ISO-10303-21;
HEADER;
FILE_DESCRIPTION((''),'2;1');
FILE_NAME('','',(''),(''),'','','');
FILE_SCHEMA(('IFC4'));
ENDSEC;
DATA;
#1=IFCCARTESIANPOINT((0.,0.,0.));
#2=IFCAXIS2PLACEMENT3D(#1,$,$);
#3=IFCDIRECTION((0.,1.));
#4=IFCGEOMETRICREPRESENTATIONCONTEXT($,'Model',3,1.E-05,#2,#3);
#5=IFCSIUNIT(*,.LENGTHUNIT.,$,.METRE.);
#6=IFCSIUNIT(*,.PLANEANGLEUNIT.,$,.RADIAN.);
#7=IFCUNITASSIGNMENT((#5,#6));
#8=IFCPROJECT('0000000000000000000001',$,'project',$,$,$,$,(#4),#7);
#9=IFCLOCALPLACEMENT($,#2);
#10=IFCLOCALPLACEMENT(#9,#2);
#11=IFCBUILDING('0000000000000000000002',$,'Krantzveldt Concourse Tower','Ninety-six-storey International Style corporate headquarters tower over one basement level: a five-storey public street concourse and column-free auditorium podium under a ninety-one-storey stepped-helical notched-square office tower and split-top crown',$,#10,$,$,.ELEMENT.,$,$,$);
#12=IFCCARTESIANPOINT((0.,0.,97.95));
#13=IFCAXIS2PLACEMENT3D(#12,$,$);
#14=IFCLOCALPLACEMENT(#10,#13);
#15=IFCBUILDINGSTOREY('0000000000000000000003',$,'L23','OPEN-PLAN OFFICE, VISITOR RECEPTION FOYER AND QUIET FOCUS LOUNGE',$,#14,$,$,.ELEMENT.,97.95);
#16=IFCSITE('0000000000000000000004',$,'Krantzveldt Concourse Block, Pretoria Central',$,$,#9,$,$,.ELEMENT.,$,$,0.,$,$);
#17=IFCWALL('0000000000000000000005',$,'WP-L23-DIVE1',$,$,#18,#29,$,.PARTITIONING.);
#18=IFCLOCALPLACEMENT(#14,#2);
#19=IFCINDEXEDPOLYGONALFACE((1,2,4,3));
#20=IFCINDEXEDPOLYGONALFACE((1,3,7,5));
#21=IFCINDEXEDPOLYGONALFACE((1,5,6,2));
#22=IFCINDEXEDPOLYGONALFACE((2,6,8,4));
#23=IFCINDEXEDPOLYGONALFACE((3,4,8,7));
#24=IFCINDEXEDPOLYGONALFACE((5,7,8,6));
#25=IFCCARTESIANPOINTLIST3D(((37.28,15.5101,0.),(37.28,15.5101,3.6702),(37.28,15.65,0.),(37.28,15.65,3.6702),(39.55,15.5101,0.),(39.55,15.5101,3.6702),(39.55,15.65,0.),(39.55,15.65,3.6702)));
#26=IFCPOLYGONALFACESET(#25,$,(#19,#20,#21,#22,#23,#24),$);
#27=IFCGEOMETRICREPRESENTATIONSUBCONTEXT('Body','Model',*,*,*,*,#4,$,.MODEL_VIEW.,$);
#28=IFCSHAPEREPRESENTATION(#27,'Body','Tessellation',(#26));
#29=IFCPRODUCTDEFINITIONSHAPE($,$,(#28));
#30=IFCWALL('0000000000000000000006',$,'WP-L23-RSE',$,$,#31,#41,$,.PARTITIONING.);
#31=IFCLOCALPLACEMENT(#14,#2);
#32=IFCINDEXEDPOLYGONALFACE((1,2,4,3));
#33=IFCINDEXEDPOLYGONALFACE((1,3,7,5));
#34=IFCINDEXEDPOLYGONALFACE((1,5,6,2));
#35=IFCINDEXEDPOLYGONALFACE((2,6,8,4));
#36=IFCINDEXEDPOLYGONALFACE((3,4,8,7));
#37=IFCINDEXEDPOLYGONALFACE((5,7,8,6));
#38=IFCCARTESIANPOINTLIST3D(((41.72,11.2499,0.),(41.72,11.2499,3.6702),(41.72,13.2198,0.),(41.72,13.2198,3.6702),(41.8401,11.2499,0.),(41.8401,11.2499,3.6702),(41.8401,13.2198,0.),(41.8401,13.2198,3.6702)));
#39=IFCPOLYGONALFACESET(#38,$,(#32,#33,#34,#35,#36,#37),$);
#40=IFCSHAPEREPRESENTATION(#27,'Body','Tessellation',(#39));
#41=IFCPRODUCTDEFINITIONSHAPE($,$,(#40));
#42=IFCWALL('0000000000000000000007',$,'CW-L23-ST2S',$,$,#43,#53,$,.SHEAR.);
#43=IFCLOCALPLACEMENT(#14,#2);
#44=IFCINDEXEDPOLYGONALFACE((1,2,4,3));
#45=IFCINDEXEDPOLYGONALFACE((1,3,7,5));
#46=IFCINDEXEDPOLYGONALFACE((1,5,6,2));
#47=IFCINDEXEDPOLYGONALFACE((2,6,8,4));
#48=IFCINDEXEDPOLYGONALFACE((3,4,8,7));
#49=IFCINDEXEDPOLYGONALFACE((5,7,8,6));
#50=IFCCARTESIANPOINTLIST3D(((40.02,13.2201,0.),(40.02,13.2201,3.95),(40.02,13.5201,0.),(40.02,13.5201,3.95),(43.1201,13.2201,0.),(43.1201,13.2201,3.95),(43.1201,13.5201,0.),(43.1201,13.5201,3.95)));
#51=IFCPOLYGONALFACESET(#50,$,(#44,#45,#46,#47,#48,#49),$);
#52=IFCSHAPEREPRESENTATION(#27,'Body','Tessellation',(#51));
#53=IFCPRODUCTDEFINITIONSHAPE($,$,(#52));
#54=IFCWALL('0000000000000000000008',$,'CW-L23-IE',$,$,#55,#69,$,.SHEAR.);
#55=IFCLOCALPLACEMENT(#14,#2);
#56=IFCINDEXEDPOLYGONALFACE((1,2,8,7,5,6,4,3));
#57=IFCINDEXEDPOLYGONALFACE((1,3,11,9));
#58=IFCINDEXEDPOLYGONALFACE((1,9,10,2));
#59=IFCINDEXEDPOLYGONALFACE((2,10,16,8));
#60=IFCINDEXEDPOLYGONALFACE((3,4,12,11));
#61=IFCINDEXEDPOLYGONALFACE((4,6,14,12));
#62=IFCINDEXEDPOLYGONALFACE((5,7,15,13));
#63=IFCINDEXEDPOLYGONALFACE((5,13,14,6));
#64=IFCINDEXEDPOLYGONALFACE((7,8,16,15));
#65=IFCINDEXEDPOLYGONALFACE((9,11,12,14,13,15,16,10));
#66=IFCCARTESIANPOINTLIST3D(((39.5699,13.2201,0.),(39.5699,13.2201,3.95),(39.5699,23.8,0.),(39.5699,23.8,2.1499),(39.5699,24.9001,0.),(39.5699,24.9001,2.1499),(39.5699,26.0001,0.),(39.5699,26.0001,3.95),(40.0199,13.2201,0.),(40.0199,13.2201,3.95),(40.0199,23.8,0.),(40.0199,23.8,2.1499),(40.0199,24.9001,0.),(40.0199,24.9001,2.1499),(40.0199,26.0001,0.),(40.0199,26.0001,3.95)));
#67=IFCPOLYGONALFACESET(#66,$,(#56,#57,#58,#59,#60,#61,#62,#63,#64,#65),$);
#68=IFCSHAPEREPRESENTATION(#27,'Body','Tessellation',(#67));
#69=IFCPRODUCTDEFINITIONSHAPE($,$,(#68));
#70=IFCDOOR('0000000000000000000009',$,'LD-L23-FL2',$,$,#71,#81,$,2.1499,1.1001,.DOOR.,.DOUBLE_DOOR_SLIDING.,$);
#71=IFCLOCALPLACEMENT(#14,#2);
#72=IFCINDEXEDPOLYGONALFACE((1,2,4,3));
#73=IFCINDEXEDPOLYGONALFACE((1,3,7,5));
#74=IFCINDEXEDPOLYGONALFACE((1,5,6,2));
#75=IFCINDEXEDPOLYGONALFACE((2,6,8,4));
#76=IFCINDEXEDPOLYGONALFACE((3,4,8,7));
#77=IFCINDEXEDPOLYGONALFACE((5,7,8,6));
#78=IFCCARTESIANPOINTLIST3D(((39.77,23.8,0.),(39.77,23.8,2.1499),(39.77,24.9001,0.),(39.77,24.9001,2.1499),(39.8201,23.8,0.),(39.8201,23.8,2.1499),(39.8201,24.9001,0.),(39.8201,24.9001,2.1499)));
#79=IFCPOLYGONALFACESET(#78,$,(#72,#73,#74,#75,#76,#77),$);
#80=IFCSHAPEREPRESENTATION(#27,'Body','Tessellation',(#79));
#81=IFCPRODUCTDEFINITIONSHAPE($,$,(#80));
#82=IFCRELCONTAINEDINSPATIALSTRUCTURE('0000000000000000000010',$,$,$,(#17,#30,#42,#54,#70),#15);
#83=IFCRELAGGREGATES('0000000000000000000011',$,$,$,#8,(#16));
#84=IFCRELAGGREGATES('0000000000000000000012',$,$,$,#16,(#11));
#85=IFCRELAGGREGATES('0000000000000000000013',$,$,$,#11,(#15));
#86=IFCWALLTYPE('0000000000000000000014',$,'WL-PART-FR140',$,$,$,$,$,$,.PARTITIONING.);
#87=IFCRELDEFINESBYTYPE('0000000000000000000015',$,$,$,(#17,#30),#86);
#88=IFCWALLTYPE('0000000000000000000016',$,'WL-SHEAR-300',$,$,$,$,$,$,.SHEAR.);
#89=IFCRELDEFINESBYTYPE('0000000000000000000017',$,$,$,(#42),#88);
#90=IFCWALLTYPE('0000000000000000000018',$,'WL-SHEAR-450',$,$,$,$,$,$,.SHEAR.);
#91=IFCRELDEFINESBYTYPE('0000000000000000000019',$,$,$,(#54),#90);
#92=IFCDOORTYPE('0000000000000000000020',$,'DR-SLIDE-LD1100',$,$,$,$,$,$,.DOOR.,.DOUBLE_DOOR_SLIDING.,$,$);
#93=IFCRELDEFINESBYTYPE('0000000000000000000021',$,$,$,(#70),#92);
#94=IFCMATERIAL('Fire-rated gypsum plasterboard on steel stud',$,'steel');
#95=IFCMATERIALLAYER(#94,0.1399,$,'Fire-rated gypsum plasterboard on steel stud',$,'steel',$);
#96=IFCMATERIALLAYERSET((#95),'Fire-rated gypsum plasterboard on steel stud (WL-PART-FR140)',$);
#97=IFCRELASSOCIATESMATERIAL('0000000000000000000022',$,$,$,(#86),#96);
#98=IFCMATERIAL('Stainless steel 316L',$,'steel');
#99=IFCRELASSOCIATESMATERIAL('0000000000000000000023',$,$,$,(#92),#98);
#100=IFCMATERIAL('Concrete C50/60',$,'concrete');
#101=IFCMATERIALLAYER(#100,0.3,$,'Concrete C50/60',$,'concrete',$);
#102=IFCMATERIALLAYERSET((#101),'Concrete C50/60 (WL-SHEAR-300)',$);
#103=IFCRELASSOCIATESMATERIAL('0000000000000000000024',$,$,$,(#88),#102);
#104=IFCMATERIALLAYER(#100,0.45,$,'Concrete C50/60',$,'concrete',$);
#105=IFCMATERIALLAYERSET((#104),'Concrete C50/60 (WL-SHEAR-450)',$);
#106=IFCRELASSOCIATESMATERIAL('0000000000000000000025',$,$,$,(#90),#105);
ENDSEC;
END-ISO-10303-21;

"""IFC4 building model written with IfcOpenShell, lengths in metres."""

from ifc_helpers import new_model, si_unit, direction, frame, frame_2d, origin, place, context, subcontext, project, spatial, rectangle, extrude, material, layer, layer_set, type_object, element, fill, save


model = new_model("IFC4")

# Units and contexts
model_context = context("Model", 3, precision=1e-05, world=origin(), true_north=direction((0.0, 1.0)))
body_context = subcontext(model_context, "Body", "Model", "MODEL_VIEW")
ifc_project = project(units=[si_unit("LENGTHUNIT", "METRE"), si_unit("PLANEANGLEUNIT", "RADIAN")], contexts=[model_context])

# Site, building, storey
site_placement = place(None, origin())
site = spatial("IfcSite", under=ifc_project, at=site_placement, Name="Krantzveldt Concourse Block, Pretoria Central", CompositionType="ELEMENT", RefElevation=0.0)
building_placement = place(site_placement, origin())
building = spatial("IfcBuilding", under=site, at=building_placement, Name="Krantzveldt Concourse Tower", Description="Ninety-six-storey International Style corporate headquarters tower over one basement level: a five-storey public street concourse and column-free auditorium podium under a ninety-one-storey stepped-helical notched-square office tower and split-top crown", CompositionType="ELEMENT")
storey_placement = place(building_placement, frame((0.0, 0.0, 97.95)))
storey = spatial("IfcBuildingStorey", under=building, at=storey_placement, Name="L23", Description="OPEN-PLAN OFFICE, VISITOR RECEPTION FOYER AND QUIET FOCUS LOUNGE", CompositionType="ELEMENT", Elevation=97.95)

# Shared definitions
ifc_material_1 = material(Name="Fire-rated gypsum plasterboard on steel stud", Category="steel")

# Shared definitions
ifc_layer_1 = layer(ifc_material_1, 0.1399, Name="Fire-rated gypsum plasterboard on steel stud", Category="steel")
ifc_layer_set_1 = layer_set([ifc_layer_1], Name="Fire-rated gypsum plasterboard on steel stud (WL-PART-FR140)")
wall_type_1 = type_object("IfcWallType", Name="WL-PART-FR140", PredefinedType="PARTITIONING", material=ifc_layer_set_1)
ifc_material_2 = material(Name="Stainless steel 316L", Category="steel")
door_type_1 = type_object("IfcDoorType", Name="DR-SLIDE-LD1100", OperationType="DOUBLE_DOOR_SLIDING", PredefinedType="DOOR", material=ifc_material_2)

# Walls
wall_1_placement = place(storey_placement, frame((37.28, 15.5801, 0.0), z_axis=(0.0, 0.0, 1.0), x_axis=(1.0, 0.0, 0.0)))
element("IfcWall", 1, at=wall_1_placement, inside=storey, type_object=wall_type_1, Name="WP-L23-DIVE1", PredefinedType="PARTITIONING", context=body_context, shape_type="SweptSolid", body=[
    extrude(rectangle(XDim=2.27, YDim=0.1399, at=frame_2d((1.135, 0.0))), origin(), (0.0, 0.0, 1.0), 3.6702),
])
wall_2_placement = place(storey_placement, frame((41.78, 11.25, 0.0), z_axis=(0.0, 0.0, 1.0), x_axis=(0.0, 1.0, 0.0)))
element("IfcWall", 2, at=wall_2_placement, inside=storey, type_object=wall_type_1, Name="WP-L23-RSE", PredefinedType="PARTITIONING", context=body_context, shape_type="SweptSolid", body=[
    extrude(rectangle(XDim=1.97, YDim=0.1201, at=frame_2d((0.9849, 0.0))), origin(), (0.0, 0.0, 1.0), 3.6702),
])
ifc_material_3 = material(Name="Concrete C50/60", Category="concrete")
ifc_layer_2 = layer(ifc_material_3, 0.3, Name="Concrete C50/60", Category="concrete")
ifc_layer_set_2 = layer_set([ifc_layer_2], Name="Concrete C50/60 (WL-SHEAR-300)")
wall_type_2 = type_object("IfcWallType", Name="WL-SHEAR-300", PredefinedType="SHEAR", material=ifc_layer_set_2)
wall_3_placement = place(storey_placement, frame((40.02, 13.3701, 0.0), z_axis=(0.0, 0.0, 1.0), x_axis=(1.0, 0.0, 0.0)))
element("IfcWall", 3, at=wall_3_placement, inside=storey, type_object=wall_type_2, Name="CW-L23-ST2S", PredefinedType="SHEAR", context=body_context, shape_type="SweptSolid", body=[
    extrude(rectangle(XDim=3.1001, YDim=0.3, at=frame_2d((1.55, 0.0))), origin(), (0.0, 0.0, 1.0), 3.95),
])

# Wall, opening, door
ifc_layer_3 = layer(ifc_material_3, 0.45, Name="Concrete C50/60", Category="concrete")
ifc_layer_set_3 = layer_set([ifc_layer_3], Name="Concrete C50/60 (WL-SHEAR-450)")
wall_type_3 = type_object("IfcWallType", Name="WL-SHEAR-450", PredefinedType="SHEAR", material=ifc_layer_set_3)
wall_4_placement = place(storey_placement, frame((39.7949, 13.22, 0.0), z_axis=(0.0, 0.0, 1.0), x_axis=(0.0, 1.0, 0.0)))
wall_4 = element("IfcWall", 4, at=wall_4_placement, inside=storey, type_object=wall_type_3, Name="CW-L23-IE", PredefinedType="SHEAR", context=body_context, shape_type="SweptSolid", body=[
    extrude(rectangle(XDim=12.78, YDim=0.45, at=frame_2d((6.3901, 0.0))), origin(), (0.0, 0.0, 1.0), 3.95),
])
opening_1_placement = place(wall_4_placement, frame((10.5801, 0.0, 0.0)))
opening_1 = element("IfcOpeningElement", 5, at=opening_1_placement, cuts=wall_4, PredefinedType="OPENING", context=body_context, shape_type="SweptSolid", body=[
    extrude(rectangle(XDim=1.1001, YDim=2.1499, at=frame_2d((0.55, 1.075))), frame((0.0, 0.2349, 0.0), z_axis=(0.0, -1.0, 0.0), x_axis=(1.0, 0.0, 0.0)), (0.0, 0.0, 1.0), 0.47),
])
door_1_placement = place(opening_1_placement, origin())
door_1 = element("IfcDoor", 6, at=door_1_placement, inside=storey, type_object=door_type_1, Name="LD-L23-FL2", OperationType="DOUBLE_DOOR_SLIDING", OverallHeight=2.1499, OverallWidth=1.1001, PredefinedType="DOOR", context=body_context, shape_type="SweptSolid", body=[
    extrude(rectangle(XDim=1.1001, YDim=2.1499, at=frame_2d((0.55, 1.075))), frame((0.0, 0.0249, 0.0), z_axis=(0.0, -1.0, 0.0), x_axis=(1.0, 0.0, 0.0)), (0.0, 0.0, 1.0), 0.05),
])
fill(opening_1, door_1)

save(model, "model.ifc")
